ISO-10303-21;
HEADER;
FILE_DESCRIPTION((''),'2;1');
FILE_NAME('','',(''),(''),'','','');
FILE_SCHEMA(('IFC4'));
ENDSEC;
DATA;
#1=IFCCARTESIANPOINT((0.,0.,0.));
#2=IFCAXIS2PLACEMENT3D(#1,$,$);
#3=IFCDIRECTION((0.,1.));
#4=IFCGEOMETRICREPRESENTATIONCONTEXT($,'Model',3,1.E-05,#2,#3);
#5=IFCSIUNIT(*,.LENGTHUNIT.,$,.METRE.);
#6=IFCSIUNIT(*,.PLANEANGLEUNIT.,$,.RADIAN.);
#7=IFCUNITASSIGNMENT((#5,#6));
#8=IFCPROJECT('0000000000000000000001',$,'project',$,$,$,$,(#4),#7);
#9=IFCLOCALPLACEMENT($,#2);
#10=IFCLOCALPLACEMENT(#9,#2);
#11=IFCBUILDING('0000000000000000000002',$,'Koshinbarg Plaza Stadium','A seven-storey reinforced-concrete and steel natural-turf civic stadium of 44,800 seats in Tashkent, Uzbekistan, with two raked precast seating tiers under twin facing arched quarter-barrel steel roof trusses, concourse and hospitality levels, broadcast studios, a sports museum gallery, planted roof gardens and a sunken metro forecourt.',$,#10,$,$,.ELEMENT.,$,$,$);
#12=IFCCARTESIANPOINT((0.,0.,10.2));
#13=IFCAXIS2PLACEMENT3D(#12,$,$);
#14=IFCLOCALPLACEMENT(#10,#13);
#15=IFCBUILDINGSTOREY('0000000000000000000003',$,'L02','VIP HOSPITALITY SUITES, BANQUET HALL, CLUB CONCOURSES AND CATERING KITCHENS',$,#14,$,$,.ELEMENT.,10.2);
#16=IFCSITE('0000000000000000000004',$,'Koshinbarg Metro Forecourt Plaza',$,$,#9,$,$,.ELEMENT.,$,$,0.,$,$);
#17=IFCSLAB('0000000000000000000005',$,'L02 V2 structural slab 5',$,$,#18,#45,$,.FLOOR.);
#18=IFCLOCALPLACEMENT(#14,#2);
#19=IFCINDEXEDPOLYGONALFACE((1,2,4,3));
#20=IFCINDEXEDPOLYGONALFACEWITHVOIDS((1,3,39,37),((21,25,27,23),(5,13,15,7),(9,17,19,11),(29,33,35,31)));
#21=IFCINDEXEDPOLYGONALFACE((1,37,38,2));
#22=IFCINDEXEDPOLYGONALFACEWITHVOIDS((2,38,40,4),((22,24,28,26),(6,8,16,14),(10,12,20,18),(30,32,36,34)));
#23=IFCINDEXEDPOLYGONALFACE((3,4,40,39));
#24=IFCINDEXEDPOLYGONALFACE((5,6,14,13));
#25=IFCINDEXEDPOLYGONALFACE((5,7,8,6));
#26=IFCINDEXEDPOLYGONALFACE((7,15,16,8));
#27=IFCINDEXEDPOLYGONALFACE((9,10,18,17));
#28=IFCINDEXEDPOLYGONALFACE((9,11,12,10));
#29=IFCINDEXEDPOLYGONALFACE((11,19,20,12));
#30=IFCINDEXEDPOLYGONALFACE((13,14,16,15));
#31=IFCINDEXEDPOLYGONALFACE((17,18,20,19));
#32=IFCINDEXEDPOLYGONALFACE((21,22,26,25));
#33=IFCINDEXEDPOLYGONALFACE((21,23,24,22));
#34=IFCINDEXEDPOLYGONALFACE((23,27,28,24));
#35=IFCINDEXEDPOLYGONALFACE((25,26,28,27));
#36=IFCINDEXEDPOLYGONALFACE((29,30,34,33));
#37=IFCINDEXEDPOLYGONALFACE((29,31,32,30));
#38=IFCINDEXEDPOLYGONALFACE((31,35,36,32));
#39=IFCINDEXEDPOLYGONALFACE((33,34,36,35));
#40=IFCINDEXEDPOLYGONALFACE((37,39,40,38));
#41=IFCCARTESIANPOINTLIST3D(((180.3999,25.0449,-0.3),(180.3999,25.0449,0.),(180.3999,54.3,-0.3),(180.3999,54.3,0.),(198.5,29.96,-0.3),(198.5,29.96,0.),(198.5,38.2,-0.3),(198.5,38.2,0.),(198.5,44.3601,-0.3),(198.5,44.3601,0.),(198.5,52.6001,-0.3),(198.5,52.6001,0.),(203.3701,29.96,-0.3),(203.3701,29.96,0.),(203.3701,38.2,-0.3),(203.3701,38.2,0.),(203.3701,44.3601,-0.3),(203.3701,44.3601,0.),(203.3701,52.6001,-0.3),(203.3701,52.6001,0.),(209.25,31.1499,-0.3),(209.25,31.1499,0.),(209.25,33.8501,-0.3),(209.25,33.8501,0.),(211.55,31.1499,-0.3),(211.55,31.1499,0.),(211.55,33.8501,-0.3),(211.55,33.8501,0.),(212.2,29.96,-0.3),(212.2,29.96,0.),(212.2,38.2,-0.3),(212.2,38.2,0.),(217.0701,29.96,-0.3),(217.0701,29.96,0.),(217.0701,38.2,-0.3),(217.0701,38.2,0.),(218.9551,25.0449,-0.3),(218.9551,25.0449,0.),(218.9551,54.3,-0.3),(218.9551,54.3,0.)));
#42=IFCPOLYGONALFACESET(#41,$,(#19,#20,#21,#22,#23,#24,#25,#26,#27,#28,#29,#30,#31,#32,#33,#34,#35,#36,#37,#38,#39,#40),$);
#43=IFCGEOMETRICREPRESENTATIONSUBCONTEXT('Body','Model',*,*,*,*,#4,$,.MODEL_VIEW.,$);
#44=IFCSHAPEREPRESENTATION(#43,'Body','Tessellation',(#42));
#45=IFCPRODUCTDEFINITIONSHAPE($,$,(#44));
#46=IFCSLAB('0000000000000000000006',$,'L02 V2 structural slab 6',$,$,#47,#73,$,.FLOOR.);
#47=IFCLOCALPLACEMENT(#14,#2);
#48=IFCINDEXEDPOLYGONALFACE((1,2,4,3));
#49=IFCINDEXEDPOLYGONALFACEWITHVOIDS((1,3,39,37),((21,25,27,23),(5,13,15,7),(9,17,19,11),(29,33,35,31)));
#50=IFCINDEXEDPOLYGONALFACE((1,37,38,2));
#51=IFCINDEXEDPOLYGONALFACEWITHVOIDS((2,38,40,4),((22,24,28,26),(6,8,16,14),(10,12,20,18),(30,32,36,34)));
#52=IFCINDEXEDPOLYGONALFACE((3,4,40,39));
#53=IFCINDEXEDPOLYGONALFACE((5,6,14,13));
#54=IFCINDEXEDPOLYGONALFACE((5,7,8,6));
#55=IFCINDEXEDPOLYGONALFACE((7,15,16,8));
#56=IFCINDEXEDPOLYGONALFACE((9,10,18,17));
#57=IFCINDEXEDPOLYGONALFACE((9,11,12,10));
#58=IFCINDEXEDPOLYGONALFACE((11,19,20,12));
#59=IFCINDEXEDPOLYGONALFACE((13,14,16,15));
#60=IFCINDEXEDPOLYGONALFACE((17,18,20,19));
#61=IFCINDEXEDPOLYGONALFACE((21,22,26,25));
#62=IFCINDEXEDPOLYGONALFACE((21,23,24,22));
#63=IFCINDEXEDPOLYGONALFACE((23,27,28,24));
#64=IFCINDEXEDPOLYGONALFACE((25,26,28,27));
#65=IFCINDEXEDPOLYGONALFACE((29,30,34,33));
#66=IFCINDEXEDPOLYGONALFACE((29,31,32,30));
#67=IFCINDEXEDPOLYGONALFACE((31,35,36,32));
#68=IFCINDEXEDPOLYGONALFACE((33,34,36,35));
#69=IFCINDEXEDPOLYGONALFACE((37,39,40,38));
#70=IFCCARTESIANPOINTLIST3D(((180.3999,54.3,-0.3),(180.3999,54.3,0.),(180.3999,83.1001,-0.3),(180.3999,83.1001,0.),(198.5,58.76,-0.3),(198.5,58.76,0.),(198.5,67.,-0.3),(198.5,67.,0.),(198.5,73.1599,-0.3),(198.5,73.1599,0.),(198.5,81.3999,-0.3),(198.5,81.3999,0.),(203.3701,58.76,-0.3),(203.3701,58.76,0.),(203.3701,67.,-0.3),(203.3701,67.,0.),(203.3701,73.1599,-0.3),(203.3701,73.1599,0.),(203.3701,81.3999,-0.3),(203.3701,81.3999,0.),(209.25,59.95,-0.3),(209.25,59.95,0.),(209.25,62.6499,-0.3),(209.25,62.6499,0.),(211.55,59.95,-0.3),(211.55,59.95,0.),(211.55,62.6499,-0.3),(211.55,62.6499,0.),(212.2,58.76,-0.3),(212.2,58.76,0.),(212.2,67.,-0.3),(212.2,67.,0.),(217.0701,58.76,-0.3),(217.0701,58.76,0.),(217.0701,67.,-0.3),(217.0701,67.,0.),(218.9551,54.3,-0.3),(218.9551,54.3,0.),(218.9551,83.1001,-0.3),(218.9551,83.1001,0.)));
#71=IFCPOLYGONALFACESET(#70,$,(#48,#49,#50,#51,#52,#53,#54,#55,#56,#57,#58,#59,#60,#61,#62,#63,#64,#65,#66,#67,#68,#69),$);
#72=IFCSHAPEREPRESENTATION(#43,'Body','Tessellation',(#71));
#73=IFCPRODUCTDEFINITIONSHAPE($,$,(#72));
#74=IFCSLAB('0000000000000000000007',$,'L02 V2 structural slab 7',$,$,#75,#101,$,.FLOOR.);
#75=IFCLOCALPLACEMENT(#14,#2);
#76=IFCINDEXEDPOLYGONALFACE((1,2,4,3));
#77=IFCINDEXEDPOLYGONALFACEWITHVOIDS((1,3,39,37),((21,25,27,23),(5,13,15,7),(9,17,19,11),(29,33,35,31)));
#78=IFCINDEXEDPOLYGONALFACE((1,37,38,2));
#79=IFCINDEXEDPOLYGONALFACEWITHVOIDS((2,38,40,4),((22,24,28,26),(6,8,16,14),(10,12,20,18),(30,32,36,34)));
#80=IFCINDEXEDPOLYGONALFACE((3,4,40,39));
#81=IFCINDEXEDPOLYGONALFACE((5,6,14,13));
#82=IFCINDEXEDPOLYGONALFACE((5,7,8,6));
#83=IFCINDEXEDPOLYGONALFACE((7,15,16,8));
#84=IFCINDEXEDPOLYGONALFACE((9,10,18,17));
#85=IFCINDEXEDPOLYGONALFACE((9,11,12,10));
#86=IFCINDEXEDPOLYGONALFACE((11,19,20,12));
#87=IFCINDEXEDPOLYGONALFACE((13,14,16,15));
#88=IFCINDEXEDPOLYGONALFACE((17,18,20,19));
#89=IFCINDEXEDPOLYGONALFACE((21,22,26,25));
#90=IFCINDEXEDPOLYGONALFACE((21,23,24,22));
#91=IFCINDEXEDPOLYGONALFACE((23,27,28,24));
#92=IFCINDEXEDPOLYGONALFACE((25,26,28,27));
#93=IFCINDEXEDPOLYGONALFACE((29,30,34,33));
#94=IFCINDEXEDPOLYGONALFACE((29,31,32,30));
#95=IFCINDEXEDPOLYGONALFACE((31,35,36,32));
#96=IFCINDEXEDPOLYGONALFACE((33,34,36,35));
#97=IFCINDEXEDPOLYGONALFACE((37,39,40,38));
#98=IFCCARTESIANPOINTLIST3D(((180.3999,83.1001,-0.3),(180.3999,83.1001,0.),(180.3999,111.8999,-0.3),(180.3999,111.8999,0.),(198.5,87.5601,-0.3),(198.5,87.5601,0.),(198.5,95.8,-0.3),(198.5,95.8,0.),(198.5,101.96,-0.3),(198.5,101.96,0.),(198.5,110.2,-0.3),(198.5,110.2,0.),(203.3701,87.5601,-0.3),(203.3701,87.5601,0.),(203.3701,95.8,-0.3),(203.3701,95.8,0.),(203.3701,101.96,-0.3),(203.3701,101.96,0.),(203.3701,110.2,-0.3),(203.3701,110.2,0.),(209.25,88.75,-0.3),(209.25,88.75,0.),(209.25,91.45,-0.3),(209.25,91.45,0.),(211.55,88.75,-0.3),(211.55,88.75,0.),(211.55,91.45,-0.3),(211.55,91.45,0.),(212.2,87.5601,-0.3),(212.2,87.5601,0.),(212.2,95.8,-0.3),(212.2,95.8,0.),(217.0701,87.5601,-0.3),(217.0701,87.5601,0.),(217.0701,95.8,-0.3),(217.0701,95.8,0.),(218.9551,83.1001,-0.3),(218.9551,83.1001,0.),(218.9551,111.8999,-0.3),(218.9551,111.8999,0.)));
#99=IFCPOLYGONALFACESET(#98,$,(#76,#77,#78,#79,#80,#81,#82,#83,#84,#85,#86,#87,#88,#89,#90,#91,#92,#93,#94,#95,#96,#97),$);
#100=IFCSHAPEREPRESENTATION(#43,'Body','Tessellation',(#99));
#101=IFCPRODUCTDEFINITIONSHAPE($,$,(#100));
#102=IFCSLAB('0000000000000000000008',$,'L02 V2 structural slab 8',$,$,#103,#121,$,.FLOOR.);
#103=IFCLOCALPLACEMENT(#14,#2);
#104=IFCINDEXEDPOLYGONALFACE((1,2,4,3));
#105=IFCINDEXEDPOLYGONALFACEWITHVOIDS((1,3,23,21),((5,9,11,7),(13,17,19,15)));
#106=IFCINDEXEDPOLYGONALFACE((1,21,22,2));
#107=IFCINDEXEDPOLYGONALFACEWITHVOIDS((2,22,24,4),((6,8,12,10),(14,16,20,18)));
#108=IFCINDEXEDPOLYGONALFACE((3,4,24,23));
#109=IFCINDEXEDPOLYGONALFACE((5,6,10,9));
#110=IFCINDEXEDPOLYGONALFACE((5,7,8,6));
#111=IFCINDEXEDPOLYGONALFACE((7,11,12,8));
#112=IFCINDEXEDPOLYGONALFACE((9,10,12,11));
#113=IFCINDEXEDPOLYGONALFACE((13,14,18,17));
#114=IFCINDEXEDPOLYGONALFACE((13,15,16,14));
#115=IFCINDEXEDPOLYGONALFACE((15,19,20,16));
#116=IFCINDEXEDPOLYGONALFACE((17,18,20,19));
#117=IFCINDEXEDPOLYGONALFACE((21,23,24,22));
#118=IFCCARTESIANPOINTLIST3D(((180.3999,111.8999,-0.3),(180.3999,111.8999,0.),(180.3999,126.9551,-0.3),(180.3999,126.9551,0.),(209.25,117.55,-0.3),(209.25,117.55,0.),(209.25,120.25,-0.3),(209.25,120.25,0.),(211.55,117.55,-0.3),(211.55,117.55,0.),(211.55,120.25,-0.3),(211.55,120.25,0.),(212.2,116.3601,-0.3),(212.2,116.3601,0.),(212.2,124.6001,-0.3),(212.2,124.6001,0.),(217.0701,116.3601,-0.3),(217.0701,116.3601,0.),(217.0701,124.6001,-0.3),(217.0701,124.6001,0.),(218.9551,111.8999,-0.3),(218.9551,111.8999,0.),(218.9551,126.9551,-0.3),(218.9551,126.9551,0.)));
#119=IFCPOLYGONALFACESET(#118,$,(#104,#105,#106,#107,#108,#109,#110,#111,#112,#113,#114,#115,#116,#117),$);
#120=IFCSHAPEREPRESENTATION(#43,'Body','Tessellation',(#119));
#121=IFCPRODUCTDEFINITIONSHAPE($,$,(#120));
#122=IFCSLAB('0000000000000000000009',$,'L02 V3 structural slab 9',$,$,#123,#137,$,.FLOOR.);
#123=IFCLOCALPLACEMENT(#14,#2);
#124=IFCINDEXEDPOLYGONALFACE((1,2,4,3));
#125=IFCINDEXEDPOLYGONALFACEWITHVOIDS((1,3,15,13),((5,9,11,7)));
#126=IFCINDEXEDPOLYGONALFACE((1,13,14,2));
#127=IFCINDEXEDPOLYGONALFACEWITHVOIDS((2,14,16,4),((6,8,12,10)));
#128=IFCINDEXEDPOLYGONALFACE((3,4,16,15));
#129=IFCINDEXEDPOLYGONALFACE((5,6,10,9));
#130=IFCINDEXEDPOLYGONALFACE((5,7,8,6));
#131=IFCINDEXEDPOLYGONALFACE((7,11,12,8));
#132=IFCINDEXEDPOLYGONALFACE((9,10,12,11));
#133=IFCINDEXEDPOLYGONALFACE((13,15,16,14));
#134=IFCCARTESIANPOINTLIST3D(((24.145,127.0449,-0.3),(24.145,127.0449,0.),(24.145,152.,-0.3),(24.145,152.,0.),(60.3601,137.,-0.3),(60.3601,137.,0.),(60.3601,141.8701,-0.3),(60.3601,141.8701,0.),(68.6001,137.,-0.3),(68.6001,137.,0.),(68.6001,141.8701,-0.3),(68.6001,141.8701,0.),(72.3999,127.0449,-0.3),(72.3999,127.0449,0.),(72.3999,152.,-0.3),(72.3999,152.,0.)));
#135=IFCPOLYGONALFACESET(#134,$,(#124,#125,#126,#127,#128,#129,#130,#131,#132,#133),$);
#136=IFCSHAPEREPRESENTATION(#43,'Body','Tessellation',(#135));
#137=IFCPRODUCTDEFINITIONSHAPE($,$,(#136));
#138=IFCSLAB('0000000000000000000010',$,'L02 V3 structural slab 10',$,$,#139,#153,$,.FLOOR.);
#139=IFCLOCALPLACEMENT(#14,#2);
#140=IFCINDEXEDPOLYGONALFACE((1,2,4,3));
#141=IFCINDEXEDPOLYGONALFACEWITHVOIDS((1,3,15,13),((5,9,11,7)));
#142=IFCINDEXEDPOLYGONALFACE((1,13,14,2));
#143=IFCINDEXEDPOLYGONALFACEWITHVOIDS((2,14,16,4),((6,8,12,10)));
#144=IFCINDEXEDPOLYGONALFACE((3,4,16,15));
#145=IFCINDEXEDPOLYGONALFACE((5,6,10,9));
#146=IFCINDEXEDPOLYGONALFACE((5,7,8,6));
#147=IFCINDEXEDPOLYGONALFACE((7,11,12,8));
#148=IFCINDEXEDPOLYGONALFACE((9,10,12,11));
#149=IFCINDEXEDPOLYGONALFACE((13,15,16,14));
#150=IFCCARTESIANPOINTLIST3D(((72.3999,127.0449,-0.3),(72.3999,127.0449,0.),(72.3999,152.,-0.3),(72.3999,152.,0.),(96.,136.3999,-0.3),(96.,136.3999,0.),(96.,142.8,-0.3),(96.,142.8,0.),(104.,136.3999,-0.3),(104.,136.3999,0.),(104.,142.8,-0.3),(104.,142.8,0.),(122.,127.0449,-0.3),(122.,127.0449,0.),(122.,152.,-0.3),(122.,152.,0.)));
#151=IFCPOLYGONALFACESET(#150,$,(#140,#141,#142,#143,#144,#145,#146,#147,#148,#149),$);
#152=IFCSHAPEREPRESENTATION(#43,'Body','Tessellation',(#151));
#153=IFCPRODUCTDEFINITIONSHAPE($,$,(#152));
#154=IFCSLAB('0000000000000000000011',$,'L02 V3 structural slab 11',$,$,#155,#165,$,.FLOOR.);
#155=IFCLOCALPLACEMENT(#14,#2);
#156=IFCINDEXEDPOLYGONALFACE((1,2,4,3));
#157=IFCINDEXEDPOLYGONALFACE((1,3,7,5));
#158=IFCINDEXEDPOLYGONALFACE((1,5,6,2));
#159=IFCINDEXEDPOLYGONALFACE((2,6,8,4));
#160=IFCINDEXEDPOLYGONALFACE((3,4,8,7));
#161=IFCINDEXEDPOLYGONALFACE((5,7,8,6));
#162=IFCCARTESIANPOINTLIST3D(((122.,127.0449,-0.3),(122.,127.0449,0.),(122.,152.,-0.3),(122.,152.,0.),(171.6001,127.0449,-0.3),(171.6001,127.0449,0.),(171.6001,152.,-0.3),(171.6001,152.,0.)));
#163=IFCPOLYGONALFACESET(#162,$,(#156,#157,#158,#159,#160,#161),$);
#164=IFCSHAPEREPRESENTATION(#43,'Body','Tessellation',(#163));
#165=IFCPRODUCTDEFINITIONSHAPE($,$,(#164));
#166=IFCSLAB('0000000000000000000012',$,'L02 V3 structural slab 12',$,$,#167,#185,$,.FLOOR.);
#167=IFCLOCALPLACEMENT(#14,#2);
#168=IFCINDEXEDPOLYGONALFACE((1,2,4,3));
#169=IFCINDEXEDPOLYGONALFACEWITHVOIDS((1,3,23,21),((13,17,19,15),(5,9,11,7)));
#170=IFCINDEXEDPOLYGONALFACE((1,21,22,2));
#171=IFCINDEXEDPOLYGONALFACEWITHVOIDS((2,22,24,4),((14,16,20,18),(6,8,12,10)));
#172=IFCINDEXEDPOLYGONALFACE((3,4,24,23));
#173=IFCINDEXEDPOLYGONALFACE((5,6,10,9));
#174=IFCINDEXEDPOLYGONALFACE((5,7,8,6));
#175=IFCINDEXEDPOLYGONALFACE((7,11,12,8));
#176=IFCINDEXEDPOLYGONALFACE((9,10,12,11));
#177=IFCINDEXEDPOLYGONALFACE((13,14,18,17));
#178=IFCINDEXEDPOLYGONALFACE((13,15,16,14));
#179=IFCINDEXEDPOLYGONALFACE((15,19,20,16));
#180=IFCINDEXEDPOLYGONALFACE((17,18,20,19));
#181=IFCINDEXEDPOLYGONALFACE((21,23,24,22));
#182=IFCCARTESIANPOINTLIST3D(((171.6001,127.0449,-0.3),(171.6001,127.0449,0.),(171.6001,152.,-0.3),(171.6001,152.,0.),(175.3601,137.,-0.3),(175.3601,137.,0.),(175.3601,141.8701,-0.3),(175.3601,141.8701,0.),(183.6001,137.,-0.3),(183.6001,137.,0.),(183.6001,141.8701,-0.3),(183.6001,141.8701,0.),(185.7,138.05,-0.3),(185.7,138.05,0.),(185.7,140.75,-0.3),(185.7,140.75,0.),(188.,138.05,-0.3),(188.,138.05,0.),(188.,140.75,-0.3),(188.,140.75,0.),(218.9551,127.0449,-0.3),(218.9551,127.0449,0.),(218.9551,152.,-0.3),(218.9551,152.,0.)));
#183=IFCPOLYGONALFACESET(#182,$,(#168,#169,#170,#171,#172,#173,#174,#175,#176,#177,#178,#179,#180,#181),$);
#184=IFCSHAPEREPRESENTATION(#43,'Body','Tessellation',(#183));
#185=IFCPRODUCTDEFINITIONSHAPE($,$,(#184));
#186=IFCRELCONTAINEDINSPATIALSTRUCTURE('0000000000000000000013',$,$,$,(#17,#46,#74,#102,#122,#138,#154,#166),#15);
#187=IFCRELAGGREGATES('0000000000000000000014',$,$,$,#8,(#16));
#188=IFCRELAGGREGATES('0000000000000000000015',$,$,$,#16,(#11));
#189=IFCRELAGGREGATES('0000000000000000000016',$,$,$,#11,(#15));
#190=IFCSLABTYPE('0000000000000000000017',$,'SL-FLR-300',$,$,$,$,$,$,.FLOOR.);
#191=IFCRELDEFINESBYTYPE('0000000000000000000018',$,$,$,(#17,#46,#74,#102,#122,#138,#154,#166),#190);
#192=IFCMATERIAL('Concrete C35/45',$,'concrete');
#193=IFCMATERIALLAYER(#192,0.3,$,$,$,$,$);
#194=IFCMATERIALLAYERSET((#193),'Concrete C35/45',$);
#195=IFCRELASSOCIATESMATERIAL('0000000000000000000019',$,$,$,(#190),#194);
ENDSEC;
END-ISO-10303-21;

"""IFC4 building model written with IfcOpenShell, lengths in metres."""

from ifc_helpers import new_model, si_unit, direction, frame, origin, place, context, subcontext, project, spatial, polyline, outline, extrude, material, layer, layer_set, type_object, element, save


model = new_model("IFC4")

# Units and contexts
model_context = context("Model", 3, precision=1e-05, world=origin(), true_north=direction((0.0, 1.0)))
body_context = subcontext(model_context, "Body", "Model", "MODEL_VIEW")
ifc_project = project(units=[si_unit("LENGTHUNIT", "METRE"), si_unit("PLANEANGLEUNIT", "RADIAN")], contexts=[model_context])

# Site, building, storey
site_placement = place(None, origin())
site = spatial("IfcSite", under=ifc_project, at=site_placement, Name="Koshinbarg Metro Forecourt Plaza", CompositionType="ELEMENT", RefElevation=0.0)
building_placement = place(site_placement, origin())
building = spatial("IfcBuilding", under=site, at=building_placement, Name="Koshinbarg Plaza Stadium", Description="A seven-storey reinforced-concrete and steel natural-turf civic stadium of 44,800 seats in Tashkent, Uzbekistan, with two raked precast seating tiers under twin facing arched quarter-barrel steel roof trusses, concourse and hospitality levels, broadcast studios, a sports museum gallery, planted roof gardens and a sunken metro forecourt.", CompositionType="ELEMENT")
storey_placement = place(building_placement, frame((0.0, 0.0, 10.2)))
storey = spatial("IfcBuildingStorey", under=building, at=storey_placement, Name="L02", Description="VIP HOSPITALITY SUITES, BANQUET HALL, CLUB CONCOURSES AND CATERING KITCHENS", CompositionType="ELEMENT", Elevation=10.2)

# Slabs
ifc_material = material(Name="Concrete C35/45", Category="concrete")
ifc_layer_1 = layer(ifc_material, 0.3)
ifc_layer_set_1 = layer_set([ifc_layer_1], Name="Concrete C35/45")
slab_type_1 = type_object("IfcSlabType", Name="SL-FLR-300", PredefinedType="FLOOR", material=ifc_layer_set_1)
slab_1_placement = place(storey_placement, frame((0.0, 0.0, -0.3)))
element("IfcSlab", 1, at=slab_1_placement, inside=storey, type_object=slab_type_1, Name="L02 V2 structural slab 5", PredefinedType="FLOOR", context=body_context, shape_type="SweptSolid", body=[
    extrude(outline(polyline([(180.3999, 25.0449), (218.9551, 25.0449), (218.9551, 54.3), (180.3999, 54.3), (180.3999, 25.0449)]), holes=[polyline([(217.0701, 29.96), (217.0701, 38.2), (212.2, 38.2), (212.2, 29.96), (217.0701, 29.96)]), polyline([(209.25, 31.1499), (211.55, 31.1499), (211.55, 33.8501), (209.25, 33.8501), (209.25, 31.1499)]), polyline([(203.3701, 29.96), (203.3701, 38.2), (198.5, 38.2), (198.5, 29.96), (203.3701, 29.96)]), polyline([(203.3701, 44.3601), (203.3701, 52.6001), (198.5, 52.6001), (198.5, 44.3601), (203.3701, 44.3601)])]), origin(), (0.0, 0.0, 1.0), 0.3),
])
slab_2_placement = place(storey_placement, frame((0.0, 0.0, -0.3)))
element("IfcSlab", 2, at=slab_2_placement, inside=storey, type_object=slab_type_1, Name="L02 V2 structural slab 6", PredefinedType="FLOOR", context=body_context, shape_type="SweptSolid", body=[
    extrude(outline(polyline([(180.3999, 54.3), (218.9551, 54.3), (218.9551, 83.1001), (180.3999, 83.1001), (180.3999, 54.3)]), holes=[polyline([(217.0701, 58.76), (217.0701, 67.0), (212.2, 67.0), (212.2, 58.76), (217.0701, 58.76)]), polyline([(209.25, 59.95), (211.55, 59.95), (211.55, 62.6499), (209.25, 62.6499), (209.25, 59.95)]), polyline([(203.3701, 58.76), (203.3701, 67.0), (198.5, 67.0), (198.5, 58.76), (203.3701, 58.76)]), polyline([(203.3701, 73.1599), (203.3701, 81.3999), (198.5, 81.3999), (198.5, 73.1599), (203.3701, 73.1599)])]), origin(), (0.0, 0.0, 1.0), 0.3),
])
slab_3_placement = place(storey_placement, frame((0.0, 0.0, -0.3)))
element("IfcSlab", 3, at=slab_3_placement, inside=storey, type_object=slab_type_1, Name="L02 V2 structural slab 7", PredefinedType="FLOOR", context=body_context, shape_type="SweptSolid", body=[
    extrude(outline(polyline([(180.3999, 83.1001), (218.9551, 83.1001), (218.9551, 111.8999), (180.3999, 111.8999), (180.3999, 83.1001)]), holes=[polyline([(217.0701, 87.5601), (217.0701, 95.8), (212.2, 95.8), (212.2, 87.5601), (217.0701, 87.5601)]), polyline([(209.25, 88.75), (211.55, 88.75), (211.55, 91.45), (209.25, 91.45), (209.25, 88.75)]), polyline([(203.3701, 87.5601), (203.3701, 95.8), (198.5, 95.8), (198.5, 87.5601), (203.3701, 87.5601)]), polyline([(203.3701, 101.96), (203.3701, 110.2), (198.5, 110.2), (198.5, 101.96), (203.3701, 101.96)])]), origin(), (0.0, 0.0, 1.0), 0.3),
])
slab_4_placement = place(storey_placement, frame((0.0, 0.0, -0.3)))
element("IfcSlab", 4, at=slab_4_placement, inside=storey, type_object=slab_type_1, Name="L02 V2 structural slab 8", PredefinedType="FLOOR", context=body_context, shape_type="SweptSolid", body=[
    extrude(outline(polyline([(180.3999, 111.8999), (218.9551, 111.8999), (218.9551, 126.9551), (180.3999, 126.9551), (180.3999, 111.8999)]), holes=[polyline([(217.0701, 116.3601), (217.0701, 124.6001), (212.2, 124.6001), (212.2, 116.3601), (217.0701, 116.3601)]), polyline([(209.25, 117.55), (211.55, 117.55), (211.55, 120.25), (209.25, 120.25), (209.25, 117.55)])]), origin(), (0.0, 0.0, 1.0), 0.3),
])
slab_5_placement = place(storey_placement, frame((0.0, 0.0, -0.3)))
element("IfcSlab", 5, at=slab_5_placement, inside=storey, type_object=slab_type_1, Name="L02 V3 structural slab 9", PredefinedType="FLOOR", context=body_context, shape_type="SweptSolid", body=[
    extrude(outline(polyline([(24.145, 127.0449), (72.3999, 127.0449), (72.3999, 152.0), (24.145, 152.0), (24.145, 127.0449)]), holes=[polyline([(60.3601, 137.0), (68.6001, 137.0), (68.6001, 141.8701), (60.3601, 141.8701), (60.3601, 137.0)])]), origin(), (0.0, 0.0, 1.0), 0.3),
])
slab_6_placement = place(storey_placement, frame((0.0, 0.0, -0.3)))
element("IfcSlab", 6, at=slab_6_placement, inside=storey, type_object=slab_type_1, Name="L02 V3 structural slab 10", PredefinedType="FLOOR", context=body_context, shape_type="SweptSolid", body=[
    extrude(outline(polyline([(72.3999, 127.0449), (122.0, 127.0449), (122.0, 152.0), (72.3999, 152.0), (72.3999, 127.0449)]), holes=[polyline([(96.0, 136.3999), (104.0, 136.3999), (104.0, 142.8), (96.0, 142.8), (96.0, 136.3999)])]), origin(), (0.0, 0.0, 1.0), 0.3),
])
slab_7_placement = place(storey_placement, frame((0.0, 0.0, -0.3)))
element("IfcSlab", 7, at=slab_7_placement, inside=storey, type_object=slab_type_1, Name="L02 V3 structural slab 11", PredefinedType="FLOOR", context=body_context, shape_type="SweptSolid", body=[
    extrude(outline(polyline([(122.0, 127.0449), (171.6001, 127.0449), (171.6001, 152.0), (122.0, 152.0), (122.0, 127.0449)])), origin(), (0.0, 0.0, 1.0), 0.3),
])
slab_8_placement = place(storey_placement, frame((0.0, 0.0, -0.3)))
element("IfcSlab", 8, at=slab_8_placement, inside=storey, type_object=slab_type_1, Name="L02 V3 structural slab 12", PredefinedType="FLOOR", context=body_context, shape_type="SweptSolid", body=[
    extrude(outline(polyline([(171.6001, 127.0449), (218.9551, 127.0449), (218.9551, 152.0), (171.6001, 152.0), (171.6001, 127.0449)]), holes=[polyline([(175.3601, 137.0), (183.6001, 137.0), (183.6001, 141.8701), (175.3601, 141.8701), (175.3601, 137.0)]), polyline([(185.7, 138.05), (188.0, 138.05), (188.0, 140.75), (185.7, 140.75), (185.7, 138.05)])]), origin(), (0.0, 0.0, 1.0), 0.3),
])

save(model, "model.ifc")
